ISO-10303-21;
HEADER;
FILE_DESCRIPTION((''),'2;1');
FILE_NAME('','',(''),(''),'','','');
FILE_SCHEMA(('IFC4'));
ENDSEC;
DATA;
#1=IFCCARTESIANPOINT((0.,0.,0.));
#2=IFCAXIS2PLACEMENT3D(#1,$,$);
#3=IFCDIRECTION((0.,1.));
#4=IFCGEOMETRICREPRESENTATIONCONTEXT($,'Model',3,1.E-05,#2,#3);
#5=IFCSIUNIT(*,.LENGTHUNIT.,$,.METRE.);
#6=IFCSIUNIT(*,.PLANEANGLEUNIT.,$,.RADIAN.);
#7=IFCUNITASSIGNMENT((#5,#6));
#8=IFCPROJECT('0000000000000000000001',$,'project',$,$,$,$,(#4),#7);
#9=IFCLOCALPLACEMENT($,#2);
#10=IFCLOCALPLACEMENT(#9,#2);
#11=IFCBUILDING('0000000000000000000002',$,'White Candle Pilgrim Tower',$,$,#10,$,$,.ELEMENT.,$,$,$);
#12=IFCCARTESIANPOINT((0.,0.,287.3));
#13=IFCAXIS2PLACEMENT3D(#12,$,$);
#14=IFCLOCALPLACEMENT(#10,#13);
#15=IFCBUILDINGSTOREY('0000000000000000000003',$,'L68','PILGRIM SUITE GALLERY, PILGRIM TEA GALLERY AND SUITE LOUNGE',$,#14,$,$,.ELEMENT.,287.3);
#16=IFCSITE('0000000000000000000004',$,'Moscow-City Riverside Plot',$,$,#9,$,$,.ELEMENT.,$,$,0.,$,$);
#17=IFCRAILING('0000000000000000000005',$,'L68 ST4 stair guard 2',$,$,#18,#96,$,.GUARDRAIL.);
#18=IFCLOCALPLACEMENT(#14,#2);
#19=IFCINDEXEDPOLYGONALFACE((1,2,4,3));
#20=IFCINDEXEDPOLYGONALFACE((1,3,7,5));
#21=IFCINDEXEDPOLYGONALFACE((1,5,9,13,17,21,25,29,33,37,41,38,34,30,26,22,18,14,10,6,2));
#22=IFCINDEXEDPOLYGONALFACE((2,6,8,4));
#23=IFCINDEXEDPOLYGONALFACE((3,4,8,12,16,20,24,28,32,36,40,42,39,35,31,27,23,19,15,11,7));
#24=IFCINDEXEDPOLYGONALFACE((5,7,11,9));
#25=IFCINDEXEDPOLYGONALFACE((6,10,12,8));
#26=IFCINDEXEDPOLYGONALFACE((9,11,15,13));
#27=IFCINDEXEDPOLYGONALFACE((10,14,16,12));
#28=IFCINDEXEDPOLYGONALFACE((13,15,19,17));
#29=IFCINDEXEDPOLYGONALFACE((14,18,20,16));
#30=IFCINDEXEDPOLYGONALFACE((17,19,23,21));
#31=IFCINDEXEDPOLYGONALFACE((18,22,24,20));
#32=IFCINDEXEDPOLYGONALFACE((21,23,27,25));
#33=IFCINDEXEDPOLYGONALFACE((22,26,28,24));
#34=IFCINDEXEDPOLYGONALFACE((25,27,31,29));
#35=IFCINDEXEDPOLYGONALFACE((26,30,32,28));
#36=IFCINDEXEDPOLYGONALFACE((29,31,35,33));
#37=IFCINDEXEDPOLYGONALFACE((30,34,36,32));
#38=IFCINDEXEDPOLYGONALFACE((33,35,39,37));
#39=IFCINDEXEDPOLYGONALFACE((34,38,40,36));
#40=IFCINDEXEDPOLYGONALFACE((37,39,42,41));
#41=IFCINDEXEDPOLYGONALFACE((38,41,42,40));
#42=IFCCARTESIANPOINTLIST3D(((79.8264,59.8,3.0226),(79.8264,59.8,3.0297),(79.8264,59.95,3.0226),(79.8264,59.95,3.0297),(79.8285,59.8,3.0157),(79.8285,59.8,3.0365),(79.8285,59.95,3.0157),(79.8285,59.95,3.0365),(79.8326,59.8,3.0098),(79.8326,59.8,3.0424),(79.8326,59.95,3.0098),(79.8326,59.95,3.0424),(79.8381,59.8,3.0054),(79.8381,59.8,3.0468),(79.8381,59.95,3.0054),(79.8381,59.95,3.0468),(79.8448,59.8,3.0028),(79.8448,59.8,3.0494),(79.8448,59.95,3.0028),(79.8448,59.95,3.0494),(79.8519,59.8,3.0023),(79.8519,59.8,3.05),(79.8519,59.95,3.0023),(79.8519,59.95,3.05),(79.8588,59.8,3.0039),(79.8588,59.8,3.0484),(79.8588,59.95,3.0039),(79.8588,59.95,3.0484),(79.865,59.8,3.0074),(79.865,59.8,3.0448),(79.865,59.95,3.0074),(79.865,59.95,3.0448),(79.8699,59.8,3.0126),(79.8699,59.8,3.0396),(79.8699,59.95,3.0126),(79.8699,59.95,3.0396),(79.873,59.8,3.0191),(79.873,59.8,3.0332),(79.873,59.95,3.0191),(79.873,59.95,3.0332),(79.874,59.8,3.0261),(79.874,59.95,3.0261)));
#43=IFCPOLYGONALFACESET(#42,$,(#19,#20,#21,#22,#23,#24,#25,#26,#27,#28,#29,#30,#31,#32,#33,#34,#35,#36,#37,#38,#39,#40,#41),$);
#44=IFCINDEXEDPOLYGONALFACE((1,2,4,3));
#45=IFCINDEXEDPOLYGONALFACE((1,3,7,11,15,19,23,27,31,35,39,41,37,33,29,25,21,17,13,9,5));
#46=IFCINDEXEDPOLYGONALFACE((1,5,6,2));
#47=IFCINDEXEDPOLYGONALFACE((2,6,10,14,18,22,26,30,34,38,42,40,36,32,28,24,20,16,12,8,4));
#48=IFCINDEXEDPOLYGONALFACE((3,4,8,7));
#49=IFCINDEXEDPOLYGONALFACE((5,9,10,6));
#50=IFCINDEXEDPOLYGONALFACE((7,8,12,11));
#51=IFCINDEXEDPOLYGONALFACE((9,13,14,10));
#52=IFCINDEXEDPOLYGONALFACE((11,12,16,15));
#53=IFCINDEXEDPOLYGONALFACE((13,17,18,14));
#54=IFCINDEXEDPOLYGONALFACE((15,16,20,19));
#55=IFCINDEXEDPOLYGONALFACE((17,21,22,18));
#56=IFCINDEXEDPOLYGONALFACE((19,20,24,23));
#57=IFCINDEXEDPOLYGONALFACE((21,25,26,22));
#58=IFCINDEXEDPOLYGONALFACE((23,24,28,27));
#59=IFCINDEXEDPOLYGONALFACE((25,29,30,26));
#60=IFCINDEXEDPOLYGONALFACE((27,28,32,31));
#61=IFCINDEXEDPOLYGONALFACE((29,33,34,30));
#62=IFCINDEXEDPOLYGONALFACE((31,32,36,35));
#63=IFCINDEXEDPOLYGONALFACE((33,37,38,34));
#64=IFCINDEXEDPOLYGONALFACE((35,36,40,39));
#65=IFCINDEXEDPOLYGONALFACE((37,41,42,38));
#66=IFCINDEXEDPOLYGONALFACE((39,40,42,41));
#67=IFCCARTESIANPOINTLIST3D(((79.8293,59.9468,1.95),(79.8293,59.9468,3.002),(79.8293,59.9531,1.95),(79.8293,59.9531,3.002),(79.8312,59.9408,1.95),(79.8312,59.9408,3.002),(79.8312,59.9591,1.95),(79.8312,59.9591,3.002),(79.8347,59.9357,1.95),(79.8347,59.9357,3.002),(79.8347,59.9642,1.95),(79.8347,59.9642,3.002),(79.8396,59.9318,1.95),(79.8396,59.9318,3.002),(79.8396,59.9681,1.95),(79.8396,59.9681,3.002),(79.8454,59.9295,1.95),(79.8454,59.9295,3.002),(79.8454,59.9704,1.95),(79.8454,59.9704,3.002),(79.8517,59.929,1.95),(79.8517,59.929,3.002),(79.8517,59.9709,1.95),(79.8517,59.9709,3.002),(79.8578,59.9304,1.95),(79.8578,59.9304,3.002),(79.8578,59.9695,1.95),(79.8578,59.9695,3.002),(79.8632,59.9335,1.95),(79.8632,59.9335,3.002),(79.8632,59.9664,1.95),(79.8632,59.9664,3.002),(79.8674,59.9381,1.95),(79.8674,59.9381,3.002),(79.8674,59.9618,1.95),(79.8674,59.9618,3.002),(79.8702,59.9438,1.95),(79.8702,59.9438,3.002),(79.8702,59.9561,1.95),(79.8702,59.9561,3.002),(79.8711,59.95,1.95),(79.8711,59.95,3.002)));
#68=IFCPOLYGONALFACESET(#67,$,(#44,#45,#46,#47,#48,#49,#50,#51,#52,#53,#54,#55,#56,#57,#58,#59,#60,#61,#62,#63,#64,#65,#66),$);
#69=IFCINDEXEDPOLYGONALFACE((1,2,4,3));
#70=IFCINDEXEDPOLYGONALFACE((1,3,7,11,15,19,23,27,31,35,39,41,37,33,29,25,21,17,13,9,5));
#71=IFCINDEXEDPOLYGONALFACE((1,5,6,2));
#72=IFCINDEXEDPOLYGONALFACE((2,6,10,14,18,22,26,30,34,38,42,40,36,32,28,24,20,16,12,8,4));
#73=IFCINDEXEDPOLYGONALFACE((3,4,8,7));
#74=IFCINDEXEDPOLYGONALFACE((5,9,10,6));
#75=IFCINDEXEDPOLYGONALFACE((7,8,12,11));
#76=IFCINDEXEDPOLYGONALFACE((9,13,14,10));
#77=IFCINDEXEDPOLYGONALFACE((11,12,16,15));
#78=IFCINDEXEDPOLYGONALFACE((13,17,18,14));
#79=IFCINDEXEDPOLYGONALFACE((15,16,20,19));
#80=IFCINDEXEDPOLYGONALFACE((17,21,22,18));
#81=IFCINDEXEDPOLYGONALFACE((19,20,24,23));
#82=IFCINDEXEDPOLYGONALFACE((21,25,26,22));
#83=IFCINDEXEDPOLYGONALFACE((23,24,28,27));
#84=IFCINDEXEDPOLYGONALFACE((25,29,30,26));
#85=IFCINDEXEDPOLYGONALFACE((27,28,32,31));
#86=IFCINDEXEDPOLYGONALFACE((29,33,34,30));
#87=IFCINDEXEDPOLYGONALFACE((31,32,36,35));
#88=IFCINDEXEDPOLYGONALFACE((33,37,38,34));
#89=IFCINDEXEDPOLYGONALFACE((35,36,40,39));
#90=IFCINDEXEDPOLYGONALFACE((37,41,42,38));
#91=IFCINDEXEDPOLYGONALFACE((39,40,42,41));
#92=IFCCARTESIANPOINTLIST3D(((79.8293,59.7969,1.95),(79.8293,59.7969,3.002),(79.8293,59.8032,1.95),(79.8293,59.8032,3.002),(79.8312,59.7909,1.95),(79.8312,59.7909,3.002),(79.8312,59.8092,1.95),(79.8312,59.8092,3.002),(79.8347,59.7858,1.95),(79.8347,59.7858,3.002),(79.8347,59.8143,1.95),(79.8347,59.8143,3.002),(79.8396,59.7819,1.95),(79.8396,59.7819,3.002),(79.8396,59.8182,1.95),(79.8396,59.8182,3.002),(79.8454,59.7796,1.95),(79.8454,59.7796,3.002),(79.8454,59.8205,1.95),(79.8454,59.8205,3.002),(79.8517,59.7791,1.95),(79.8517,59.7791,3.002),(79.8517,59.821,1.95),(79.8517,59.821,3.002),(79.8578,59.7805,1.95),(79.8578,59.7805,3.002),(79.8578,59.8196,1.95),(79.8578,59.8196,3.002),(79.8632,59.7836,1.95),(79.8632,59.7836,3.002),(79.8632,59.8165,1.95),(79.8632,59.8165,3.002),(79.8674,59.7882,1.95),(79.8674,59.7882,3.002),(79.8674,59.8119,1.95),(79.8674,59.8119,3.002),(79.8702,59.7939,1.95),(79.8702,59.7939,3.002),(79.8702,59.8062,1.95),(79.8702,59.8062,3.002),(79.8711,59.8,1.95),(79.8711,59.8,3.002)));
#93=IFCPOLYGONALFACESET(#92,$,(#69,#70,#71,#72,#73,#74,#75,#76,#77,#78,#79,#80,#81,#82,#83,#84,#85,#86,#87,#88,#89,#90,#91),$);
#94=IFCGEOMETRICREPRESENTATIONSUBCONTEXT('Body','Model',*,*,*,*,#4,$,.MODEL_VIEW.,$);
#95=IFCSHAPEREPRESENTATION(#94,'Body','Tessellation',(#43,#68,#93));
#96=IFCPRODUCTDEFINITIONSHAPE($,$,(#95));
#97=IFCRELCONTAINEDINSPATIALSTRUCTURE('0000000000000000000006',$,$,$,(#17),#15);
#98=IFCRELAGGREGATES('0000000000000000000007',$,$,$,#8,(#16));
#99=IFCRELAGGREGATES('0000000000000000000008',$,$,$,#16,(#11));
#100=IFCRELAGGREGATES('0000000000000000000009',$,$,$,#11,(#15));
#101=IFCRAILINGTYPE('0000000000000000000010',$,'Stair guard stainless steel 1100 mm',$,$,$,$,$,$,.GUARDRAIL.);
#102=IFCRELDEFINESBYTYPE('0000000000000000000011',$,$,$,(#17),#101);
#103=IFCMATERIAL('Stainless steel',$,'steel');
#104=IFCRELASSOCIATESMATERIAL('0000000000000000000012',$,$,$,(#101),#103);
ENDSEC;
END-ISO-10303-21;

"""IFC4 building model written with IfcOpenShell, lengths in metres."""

from ifc_helpers import new_model, si_unit, direction, frame, origin, origin_2d, place, context, subcontext, project, spatial, circle, extrude, material, type_object, element, save


model = new_model("IFC4")

# Units and contexts
model_context = context("Model", 3, precision=1e-05, world=origin(), true_north=direction((0.0, 1.0)))
body_context = subcontext(model_context, "Body", "Model", "MODEL_VIEW")
ifc_project = project(units=[si_unit("LENGTHUNIT", "METRE"), si_unit("PLANEANGLEUNIT", "RADIAN")], contexts=[model_context])

# Site, building, storey
site_placement = place(None, origin())
site = spatial("IfcSite", under=ifc_project, at=site_placement, Name="Moscow-City Riverside Plot", CompositionType="ELEMENT", RefElevation=0.0)
building_placement = place(site_placement, origin())
building = spatial("IfcBuilding", under=site, at=building_placement, Name="White Candle Pilgrim Tower", CompositionType="ELEMENT")
storey_placement = place(building_placement, frame((0.0, 0.0, 287.3)))
storey = spatial("IfcBuildingStorey", under=building, at=storey_placement, Name="L68", Description="PILGRIM SUITE GALLERY, PILGRIM TEA GALLERY AND SUITE LOUNGE", CompositionType="ELEMENT", Elevation=287.3)

# Railing
ifc_material_1 = material(Name="Stainless steel", Category="steel")
railing_type_1 = type_object("IfcRailingType", Name="Stair guard stainless steel 1100 mm", PredefinedType="GUARDRAIL", material=ifc_material_1)
railing_1_placement = place(storey_placement, frame((79.8501, 59.95, 1.95)))
element("IfcRailing", 1, at=railing_1_placement, inside=storey, type_object=railing_type_1, Name="L68 ST4 stair guard 2", PredefinedType="GUARDRAIL", context=body_context, shape_type="SweptSolid", body=[
    extrude(circle(Radius=0.0239, at=origin_2d()), frame((0.0, 0.0, 1.0762), z_axis=(0.0, -1.0, 0.0), x_axis=(1.0, 0.0, 0.0)), (0.0, 0.0, 1.0), 0.1499),
    extrude(circle(Radius=0.021, at=origin_2d()), origin(), (0.0, 0.0, 1.0), 1.052),
    extrude(circle(Radius=0.021, at=origin_2d()), frame((0.0, -0.1499, 0.0)), (0.0, 0.0, 1.0), 1.052),
])

save(model, "model.ifc")
